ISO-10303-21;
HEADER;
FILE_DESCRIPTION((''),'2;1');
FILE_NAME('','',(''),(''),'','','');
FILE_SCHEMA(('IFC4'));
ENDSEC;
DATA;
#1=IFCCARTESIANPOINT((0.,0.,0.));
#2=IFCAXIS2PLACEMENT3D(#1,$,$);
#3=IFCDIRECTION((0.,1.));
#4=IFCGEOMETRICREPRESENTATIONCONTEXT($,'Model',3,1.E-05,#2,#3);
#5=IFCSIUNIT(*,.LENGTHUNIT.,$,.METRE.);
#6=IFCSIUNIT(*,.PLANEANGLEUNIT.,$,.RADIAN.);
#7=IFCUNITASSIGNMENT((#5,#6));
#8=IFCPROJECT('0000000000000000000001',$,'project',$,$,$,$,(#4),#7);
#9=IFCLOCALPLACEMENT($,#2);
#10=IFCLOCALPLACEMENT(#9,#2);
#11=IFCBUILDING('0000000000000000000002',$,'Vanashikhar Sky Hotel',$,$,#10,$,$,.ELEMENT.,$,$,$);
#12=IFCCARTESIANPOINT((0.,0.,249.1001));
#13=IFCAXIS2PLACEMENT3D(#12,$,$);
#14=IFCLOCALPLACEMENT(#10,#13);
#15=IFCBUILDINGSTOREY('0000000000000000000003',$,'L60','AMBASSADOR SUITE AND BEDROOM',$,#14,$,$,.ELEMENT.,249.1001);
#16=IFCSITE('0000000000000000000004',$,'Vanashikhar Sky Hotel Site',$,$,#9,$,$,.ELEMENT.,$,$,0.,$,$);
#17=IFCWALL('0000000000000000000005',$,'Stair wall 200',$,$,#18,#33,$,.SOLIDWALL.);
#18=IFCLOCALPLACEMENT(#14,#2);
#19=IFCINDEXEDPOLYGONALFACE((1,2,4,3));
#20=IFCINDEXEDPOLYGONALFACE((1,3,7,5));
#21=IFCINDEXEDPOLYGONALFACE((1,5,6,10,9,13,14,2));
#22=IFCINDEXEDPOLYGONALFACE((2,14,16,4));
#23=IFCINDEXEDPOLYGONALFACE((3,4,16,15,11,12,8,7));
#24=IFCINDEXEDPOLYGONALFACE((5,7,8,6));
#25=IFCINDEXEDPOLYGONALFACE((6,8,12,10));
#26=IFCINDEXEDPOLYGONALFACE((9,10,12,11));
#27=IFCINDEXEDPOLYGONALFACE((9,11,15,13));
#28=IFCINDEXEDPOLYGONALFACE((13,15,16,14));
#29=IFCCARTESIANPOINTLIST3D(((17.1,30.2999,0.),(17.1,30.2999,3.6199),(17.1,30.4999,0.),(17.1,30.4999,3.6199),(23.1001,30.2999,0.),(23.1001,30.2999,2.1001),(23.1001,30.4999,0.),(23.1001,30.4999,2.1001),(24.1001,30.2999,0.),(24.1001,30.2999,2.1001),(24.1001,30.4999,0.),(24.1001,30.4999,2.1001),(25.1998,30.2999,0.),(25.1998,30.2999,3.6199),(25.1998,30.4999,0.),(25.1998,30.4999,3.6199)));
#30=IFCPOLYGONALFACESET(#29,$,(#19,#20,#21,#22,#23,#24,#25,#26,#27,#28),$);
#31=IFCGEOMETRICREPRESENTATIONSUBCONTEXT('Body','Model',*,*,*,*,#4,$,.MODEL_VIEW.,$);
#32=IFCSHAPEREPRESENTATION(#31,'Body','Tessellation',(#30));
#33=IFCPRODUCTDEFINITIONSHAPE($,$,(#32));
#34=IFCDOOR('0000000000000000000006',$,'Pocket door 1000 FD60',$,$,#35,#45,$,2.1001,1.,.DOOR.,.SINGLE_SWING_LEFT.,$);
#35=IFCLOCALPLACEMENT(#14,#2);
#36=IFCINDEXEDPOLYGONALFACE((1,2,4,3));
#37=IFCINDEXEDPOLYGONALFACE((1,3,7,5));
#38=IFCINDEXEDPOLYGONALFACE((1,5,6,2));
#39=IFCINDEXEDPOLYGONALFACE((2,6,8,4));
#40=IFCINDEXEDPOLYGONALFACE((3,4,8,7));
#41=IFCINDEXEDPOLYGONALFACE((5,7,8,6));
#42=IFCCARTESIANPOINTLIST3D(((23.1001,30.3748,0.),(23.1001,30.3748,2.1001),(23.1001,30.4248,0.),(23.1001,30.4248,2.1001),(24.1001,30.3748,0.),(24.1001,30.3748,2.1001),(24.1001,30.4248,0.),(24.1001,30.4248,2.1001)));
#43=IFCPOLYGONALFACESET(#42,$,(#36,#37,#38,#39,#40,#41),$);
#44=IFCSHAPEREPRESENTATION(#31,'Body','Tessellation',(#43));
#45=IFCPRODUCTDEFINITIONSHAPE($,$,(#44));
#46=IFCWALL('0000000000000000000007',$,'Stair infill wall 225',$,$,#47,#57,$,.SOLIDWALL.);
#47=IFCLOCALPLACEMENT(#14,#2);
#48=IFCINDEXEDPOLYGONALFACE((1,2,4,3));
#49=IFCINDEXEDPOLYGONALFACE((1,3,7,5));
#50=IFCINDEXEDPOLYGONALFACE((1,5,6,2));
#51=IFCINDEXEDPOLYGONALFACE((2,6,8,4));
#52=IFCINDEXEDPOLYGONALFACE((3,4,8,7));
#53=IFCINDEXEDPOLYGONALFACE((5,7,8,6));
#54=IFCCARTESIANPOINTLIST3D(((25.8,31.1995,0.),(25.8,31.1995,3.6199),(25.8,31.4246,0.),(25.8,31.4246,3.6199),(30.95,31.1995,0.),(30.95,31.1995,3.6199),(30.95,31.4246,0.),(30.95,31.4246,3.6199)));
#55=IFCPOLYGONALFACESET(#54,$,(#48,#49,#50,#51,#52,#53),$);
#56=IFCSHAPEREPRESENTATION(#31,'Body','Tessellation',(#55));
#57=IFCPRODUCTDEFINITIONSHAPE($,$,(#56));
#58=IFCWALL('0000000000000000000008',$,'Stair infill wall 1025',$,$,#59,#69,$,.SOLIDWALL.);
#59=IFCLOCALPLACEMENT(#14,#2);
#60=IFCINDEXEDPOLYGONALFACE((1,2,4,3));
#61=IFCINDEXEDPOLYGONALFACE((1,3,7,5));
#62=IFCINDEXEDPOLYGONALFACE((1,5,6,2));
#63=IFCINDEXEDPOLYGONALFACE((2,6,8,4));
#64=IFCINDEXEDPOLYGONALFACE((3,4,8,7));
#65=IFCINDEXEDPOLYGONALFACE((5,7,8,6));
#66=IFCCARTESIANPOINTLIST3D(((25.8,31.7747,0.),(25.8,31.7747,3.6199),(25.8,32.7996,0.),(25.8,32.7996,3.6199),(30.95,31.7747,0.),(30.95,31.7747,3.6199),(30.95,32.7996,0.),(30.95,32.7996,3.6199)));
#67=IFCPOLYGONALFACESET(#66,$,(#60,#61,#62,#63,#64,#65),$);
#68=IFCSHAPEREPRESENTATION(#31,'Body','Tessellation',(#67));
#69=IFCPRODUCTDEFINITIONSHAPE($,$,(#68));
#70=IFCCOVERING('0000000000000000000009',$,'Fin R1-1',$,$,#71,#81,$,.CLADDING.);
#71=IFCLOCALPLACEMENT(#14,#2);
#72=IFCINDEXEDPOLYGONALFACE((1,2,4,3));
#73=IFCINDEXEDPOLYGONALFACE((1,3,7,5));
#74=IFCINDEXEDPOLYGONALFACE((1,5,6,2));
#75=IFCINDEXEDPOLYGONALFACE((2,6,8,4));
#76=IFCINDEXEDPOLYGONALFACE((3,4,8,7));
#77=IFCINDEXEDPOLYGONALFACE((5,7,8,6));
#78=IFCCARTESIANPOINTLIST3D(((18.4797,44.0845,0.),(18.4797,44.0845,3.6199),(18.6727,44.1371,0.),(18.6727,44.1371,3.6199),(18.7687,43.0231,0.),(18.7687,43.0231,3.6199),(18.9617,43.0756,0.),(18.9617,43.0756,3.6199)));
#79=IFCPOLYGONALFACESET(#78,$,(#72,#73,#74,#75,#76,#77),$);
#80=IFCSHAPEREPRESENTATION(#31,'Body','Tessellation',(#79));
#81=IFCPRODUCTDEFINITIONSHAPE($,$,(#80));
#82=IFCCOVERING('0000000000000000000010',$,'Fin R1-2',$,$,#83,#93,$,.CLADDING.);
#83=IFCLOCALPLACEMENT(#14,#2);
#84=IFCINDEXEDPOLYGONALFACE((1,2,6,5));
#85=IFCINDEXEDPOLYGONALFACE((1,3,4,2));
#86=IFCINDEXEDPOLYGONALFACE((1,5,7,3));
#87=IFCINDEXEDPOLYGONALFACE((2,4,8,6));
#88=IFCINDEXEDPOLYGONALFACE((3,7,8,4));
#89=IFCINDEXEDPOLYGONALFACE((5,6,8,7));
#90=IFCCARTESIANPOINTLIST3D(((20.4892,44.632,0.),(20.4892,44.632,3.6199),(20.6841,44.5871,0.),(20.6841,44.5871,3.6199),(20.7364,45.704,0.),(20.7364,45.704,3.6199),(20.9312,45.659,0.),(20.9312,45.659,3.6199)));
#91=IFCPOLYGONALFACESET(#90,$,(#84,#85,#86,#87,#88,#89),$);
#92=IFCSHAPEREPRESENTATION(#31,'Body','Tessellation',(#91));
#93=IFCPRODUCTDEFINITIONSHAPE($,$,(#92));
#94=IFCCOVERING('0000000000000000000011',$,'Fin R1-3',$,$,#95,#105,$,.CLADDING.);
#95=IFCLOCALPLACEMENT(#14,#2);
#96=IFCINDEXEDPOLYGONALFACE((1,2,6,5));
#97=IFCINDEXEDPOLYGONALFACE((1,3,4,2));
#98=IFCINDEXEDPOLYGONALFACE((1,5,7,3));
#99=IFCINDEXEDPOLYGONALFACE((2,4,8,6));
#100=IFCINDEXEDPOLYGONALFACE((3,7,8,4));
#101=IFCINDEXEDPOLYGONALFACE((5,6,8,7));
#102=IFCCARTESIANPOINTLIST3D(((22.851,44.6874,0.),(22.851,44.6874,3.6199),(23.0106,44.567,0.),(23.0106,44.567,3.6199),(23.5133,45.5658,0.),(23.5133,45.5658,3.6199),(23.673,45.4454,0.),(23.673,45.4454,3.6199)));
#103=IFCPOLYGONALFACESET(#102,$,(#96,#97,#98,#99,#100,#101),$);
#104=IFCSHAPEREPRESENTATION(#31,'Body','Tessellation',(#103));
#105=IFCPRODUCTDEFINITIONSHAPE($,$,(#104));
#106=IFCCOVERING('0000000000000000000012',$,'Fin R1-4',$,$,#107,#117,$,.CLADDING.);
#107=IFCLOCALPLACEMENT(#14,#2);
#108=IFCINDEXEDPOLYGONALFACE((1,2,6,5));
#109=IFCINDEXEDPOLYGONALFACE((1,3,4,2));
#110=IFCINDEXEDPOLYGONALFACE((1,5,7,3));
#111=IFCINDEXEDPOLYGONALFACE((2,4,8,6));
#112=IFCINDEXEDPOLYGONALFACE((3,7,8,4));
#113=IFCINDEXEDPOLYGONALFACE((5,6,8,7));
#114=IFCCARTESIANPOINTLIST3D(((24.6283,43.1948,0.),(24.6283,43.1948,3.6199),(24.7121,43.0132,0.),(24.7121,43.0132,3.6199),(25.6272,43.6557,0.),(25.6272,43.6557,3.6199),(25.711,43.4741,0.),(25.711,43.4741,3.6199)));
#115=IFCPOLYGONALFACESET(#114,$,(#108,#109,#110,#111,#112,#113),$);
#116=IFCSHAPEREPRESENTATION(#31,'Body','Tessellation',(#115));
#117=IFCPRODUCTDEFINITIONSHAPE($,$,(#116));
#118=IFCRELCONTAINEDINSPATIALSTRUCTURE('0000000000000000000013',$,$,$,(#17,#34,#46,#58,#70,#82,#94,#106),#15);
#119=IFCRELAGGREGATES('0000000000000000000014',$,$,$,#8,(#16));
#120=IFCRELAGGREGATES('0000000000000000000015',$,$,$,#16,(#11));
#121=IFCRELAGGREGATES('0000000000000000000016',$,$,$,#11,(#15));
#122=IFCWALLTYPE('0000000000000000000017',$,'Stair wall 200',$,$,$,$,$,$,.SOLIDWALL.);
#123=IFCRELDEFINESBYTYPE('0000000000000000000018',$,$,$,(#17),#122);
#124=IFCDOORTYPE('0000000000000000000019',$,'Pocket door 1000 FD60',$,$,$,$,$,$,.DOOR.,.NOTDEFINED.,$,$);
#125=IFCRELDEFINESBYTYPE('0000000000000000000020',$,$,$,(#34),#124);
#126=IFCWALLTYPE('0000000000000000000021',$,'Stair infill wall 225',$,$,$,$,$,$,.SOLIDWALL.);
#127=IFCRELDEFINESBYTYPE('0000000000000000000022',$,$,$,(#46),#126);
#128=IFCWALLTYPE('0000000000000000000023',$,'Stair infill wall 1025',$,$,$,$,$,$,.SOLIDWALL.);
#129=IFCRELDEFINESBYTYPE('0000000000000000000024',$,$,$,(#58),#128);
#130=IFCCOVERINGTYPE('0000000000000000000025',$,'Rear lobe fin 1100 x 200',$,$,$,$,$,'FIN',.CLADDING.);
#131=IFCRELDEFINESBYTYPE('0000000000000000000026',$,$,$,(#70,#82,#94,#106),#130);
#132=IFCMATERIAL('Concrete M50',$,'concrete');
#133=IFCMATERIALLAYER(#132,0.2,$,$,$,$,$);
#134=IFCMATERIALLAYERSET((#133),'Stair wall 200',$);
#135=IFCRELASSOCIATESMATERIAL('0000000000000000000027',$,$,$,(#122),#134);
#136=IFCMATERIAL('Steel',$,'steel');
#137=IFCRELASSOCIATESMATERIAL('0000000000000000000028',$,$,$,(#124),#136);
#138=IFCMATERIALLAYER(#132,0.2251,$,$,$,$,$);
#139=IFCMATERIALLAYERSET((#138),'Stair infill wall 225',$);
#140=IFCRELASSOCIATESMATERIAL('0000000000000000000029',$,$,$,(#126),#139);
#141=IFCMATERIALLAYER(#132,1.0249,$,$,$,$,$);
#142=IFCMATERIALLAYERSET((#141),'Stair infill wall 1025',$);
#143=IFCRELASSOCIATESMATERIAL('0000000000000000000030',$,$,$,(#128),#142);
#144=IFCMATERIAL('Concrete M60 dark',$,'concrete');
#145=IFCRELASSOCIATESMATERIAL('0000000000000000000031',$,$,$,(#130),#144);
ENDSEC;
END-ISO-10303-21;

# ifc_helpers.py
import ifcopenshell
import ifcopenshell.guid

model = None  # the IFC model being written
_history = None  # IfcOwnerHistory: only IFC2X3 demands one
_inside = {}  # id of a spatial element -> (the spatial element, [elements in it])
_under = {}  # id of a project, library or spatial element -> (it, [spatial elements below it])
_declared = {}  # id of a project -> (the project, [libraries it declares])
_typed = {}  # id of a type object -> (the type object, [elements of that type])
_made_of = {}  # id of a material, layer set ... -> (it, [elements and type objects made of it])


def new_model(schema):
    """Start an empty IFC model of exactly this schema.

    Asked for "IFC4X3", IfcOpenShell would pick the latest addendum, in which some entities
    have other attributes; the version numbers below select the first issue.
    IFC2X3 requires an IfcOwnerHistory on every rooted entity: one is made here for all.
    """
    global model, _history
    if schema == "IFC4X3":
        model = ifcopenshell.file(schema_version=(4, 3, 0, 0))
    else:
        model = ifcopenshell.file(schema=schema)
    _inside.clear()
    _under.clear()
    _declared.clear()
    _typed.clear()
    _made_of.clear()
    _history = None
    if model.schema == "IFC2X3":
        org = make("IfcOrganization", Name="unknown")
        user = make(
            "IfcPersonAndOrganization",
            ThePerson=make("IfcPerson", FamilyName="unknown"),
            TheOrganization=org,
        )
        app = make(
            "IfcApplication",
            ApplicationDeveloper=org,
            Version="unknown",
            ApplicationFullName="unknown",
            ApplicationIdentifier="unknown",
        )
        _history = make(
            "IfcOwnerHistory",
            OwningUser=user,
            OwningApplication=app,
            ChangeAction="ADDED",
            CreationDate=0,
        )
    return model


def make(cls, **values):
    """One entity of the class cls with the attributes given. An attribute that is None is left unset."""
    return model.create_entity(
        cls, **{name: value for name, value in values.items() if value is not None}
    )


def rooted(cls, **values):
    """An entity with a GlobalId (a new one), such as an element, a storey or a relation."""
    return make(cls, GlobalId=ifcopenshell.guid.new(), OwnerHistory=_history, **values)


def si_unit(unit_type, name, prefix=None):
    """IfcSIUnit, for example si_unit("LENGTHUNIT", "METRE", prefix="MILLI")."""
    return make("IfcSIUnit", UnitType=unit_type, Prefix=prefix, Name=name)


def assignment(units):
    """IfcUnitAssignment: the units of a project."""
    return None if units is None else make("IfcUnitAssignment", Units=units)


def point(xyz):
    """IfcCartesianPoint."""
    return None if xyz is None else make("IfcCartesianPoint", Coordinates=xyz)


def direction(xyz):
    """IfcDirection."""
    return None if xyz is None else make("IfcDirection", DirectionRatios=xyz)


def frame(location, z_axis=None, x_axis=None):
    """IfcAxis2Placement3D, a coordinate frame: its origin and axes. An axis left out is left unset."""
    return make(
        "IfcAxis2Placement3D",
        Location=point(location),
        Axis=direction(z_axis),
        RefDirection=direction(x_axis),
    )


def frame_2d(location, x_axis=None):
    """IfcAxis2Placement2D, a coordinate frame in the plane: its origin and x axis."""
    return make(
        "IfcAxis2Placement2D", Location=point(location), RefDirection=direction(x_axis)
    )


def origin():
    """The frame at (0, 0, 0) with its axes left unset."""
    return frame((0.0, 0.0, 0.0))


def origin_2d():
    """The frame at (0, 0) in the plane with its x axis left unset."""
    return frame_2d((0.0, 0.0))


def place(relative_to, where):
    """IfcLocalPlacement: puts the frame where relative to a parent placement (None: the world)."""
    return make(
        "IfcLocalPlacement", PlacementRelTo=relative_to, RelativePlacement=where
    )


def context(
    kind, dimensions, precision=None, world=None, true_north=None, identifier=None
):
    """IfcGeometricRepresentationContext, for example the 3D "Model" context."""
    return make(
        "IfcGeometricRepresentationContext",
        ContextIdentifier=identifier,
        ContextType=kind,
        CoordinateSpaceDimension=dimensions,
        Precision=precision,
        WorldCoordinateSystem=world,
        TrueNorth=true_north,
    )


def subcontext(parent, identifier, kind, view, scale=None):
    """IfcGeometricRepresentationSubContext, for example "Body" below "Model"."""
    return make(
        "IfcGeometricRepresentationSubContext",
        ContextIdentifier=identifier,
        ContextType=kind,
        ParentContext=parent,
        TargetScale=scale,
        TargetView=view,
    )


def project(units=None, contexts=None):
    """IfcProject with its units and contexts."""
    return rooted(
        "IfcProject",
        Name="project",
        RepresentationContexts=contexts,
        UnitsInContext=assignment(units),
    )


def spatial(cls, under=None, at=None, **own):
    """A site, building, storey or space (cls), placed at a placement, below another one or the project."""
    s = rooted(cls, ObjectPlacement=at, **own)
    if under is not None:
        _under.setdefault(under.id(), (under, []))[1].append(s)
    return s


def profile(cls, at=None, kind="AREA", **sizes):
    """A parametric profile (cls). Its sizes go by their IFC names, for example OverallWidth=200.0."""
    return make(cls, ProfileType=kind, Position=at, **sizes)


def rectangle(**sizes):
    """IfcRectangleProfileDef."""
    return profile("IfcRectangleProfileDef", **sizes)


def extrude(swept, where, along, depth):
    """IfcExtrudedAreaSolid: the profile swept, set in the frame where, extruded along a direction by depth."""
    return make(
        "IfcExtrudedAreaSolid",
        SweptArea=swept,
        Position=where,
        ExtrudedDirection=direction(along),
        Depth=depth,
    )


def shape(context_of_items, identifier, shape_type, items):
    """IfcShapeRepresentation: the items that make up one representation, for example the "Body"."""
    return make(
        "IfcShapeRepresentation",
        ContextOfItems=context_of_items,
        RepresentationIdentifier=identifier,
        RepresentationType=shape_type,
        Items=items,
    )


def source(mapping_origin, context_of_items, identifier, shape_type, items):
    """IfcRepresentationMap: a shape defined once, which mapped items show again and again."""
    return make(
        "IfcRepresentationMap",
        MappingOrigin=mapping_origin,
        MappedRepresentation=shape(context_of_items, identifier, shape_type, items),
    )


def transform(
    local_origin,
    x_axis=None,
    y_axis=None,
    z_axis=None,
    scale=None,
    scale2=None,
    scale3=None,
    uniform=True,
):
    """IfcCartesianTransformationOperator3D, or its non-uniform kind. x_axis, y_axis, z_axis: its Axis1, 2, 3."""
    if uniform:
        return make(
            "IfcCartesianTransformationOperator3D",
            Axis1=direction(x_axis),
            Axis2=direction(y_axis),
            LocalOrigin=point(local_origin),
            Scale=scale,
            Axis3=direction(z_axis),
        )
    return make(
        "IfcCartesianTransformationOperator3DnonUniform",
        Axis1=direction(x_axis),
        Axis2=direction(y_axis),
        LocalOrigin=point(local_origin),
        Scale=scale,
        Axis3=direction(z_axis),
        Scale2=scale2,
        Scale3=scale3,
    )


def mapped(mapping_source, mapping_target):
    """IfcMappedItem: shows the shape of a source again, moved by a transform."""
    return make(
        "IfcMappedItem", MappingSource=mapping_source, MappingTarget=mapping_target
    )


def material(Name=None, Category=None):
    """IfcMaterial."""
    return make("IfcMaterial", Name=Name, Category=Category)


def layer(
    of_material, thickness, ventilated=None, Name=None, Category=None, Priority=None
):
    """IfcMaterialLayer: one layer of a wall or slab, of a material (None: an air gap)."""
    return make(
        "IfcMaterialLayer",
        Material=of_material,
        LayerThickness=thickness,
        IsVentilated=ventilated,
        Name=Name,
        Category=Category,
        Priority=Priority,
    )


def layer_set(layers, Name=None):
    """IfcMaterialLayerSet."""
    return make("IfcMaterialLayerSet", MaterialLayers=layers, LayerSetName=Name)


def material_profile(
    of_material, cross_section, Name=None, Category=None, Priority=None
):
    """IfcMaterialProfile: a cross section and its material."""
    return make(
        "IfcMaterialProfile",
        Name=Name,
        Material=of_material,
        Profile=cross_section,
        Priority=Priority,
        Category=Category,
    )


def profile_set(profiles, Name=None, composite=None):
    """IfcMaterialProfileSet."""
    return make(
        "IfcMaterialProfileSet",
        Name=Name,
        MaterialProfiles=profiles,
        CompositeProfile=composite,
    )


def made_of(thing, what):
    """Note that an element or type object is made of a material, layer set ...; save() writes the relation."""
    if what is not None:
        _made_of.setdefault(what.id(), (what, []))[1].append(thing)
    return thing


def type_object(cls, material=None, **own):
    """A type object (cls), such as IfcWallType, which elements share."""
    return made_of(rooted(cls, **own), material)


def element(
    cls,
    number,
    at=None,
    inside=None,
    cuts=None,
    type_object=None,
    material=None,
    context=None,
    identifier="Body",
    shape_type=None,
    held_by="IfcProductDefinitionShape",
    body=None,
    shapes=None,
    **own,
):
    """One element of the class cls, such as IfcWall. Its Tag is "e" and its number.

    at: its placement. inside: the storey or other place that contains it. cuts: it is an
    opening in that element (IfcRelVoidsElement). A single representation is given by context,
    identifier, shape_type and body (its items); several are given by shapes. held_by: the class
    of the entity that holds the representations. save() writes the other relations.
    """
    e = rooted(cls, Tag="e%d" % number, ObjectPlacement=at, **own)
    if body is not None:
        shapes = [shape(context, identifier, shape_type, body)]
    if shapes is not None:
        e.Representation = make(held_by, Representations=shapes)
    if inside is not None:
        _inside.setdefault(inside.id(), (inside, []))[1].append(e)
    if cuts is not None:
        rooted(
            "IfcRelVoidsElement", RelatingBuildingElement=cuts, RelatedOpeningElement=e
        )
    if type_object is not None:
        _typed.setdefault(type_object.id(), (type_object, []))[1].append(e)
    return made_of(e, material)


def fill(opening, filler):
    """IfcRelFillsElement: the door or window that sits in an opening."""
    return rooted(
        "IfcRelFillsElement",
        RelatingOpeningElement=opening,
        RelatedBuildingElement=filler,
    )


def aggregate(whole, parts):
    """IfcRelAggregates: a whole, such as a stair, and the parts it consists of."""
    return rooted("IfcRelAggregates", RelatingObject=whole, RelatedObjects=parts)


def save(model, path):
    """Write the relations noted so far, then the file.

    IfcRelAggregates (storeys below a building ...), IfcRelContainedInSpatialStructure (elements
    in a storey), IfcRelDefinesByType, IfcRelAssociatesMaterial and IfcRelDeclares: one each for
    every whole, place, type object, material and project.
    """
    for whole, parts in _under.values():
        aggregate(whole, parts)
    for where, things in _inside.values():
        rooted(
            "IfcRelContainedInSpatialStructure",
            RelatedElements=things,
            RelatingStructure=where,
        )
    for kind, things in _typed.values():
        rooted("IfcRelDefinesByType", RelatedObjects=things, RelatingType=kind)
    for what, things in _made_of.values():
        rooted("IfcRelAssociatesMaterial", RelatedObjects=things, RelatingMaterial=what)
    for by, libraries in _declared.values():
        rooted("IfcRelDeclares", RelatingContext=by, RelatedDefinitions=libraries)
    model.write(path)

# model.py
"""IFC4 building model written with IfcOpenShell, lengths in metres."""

from ifc_helpers import new_model, si_unit, direction, frame, frame_2d, origin, origin_2d, place, context, subcontext, project, spatial, rectangle, extrude, source, transform, mapped, material, layer, layer_set, material_profile, profile_set, type_object, element, fill, save


model = new_model("IFC4")

# Units and contexts
model_context = context("Model", 3, precision=1e-05, world=origin(), true_north=direction((0.0, 1.0)))
body_context = subcontext(model_context, "Body", "Model", "MODEL_VIEW")
ifc_project = project(units=[si_unit("LENGTHUNIT", "METRE"), si_unit("PLANEANGLEUNIT", "RADIAN")], contexts=[model_context])

# Site, building, storey
site_placement = place(None, origin())
site = spatial("IfcSite", under=ifc_project, at=site_placement, Name="Vanashikhar Sky Hotel Site", CompositionType="ELEMENT", RefElevation=0.0)
building_placement = place(site_placement, origin())
building = spatial("IfcBuilding", under=site, at=building_placement, Name="Vanashikhar Sky Hotel", CompositionType="ELEMENT")
storey_placement = place(building_placement, frame((0.0, 0.0, 249.1001)))
storey = spatial("IfcBuildingStorey", under=building, at=storey_placement, Name="L60", Description="AMBASSADOR SUITE AND BEDROOM", CompositionType="ELEMENT", Elevation=249.1001)

# Shared definitions
ifc_material_1 = material(Name="Concrete M50", Category="concrete")

# Wall, opening, door
ifc_layer_1 = layer(ifc_material_1, 0.2)
ifc_layer_set_1 = layer_set([ifc_layer_1], Name="Stair wall 200")
wall_type_1 = type_object("IfcWallType", Name="Stair wall 200", PredefinedType="SOLIDWALL", material=ifc_layer_set_1)
shared_shape_1 = source(origin(), body_context, "Body", "SweptSolid", [
    extrude(rectangle(XDim=8.0999, YDim=0.2, at=frame_2d((4.0498, 0.0))), origin(), (0.0, 0.0, 1.0), 3.6199),
])
wall_1_placement = place(storey_placement, frame((17.1001, 30.3999, 0.0), z_axis=(0.0, 0.0, 1.0), x_axis=(1.0, 0.0, 0.0)))
wall_1 = element("IfcWall", 1, at=wall_1_placement, inside=storey, type_object=wall_type_1, Name="Stair wall 200", PredefinedType="SOLIDWALL", context=body_context, shape_type="MappedRepresentation", body=[
    mapped(shared_shape_1, transform((0.0, 0.0, 0.0), scale=1.0)),
])
shared_shape_2 = source(origin(), body_context, "Body", "SweptSolid", [
    extrude(rectangle(XDim=1.0, YDim=2.1001, at=frame_2d((0.5, 1.05))), frame((0.0, 0.1099, 0.0), z_axis=(0.0, -1.0, 0.0), x_axis=(1.0, 0.0, 0.0)), (0.0, 0.0, 1.0), 0.22),
])
opening_1_placement = place(wall_1_placement, frame((6.0, 0.0, 0.0)))
opening_1 = element("IfcOpeningElement", 2, at=opening_1_placement, cuts=wall_1, PredefinedType="OPENING", context=body_context, shape_type="MappedRepresentation", body=[
    mapped(shared_shape_2, transform((0.0, 0.0, 0.0), scale=1.0)),
])
ifc_material_2 = material(Name="Steel", Category="steel")
door_type_1 = type_object("IfcDoorType", Name="Pocket door 1000 FD60", OperationType="NOTDEFINED", PredefinedType="DOOR", material=ifc_material_2)
shared_shape_3 = source(origin(), body_context, "Body", "SweptSolid", [
    extrude(rectangle(XDim=1.0, YDim=2.1001, at=frame_2d((0.5, 1.05))), frame((0.0, 0.0249, 0.0), z_axis=(0.0, -1.0, 0.0), x_axis=(1.0, 0.0, 0.0)), (0.0, 0.0, 1.0), 0.05),
])
door_1_placement = place(opening_1_placement, origin())
door_1 = element("IfcDoor", 3, at=door_1_placement, inside=storey, type_object=door_type_1, Name="Pocket door 1000 FD60", OperationType="SINGLE_SWING_LEFT", OverallHeight=2.1001, OverallWidth=1.0, PredefinedType="DOOR", context=body_context, shape_type="MappedRepresentation", body=[
    mapped(shared_shape_3, transform((0.0, 0.0, 0.0), scale=1.0)),
])
fill(opening_1, door_1)

# Walls
ifc_layer_2 = layer(ifc_material_1, 0.2251)
ifc_layer_set_2 = layer_set([ifc_layer_2], Name="Stair infill wall 225")
wall_type_2 = type_object("IfcWallType", Name="Stair infill wall 225", PredefinedType="SOLIDWALL", material=ifc_layer_set_2)
shared_shape_4 = source(origin(), body_context, "Body", "SweptSolid", [
    extrude(rectangle(XDim=5.1499, YDim=0.2251, at=frame_2d((2.575, 0.0))), origin(), (0.0, 0.0, 1.0), 3.6199),
])
wall_2_placement = place(storey_placement, frame((25.8, 31.312, 0.0), z_axis=(0.0, 0.0, 1.0), x_axis=(1.0, 0.0, 0.0)))
element("IfcWall", 4, at=wall_2_placement, inside=storey, type_object=wall_type_2, Name="Stair infill wall 225", PredefinedType="SOLIDWALL", context=body_context, shape_type="MappedRepresentation", body=[
    mapped(shared_shape_4, transform((0.0, 0.0, 0.0), scale=1.0)),
])
ifc_layer_3 = layer(ifc_material_1, 1.0249)
ifc_layer_set_3 = layer_set([ifc_layer_3], Name="Stair infill wall 1025")
wall_type_3 = type_object("IfcWallType", Name="Stair infill wall 1025", PredefinedType="SOLIDWALL", material=ifc_layer_set_3)
shared_shape_5 = source(origin(), body_context, "Body", "SweptSolid", [
    extrude(rectangle(XDim=5.1499, YDim=1.0249, at=frame_2d((2.575, 0.0))), origin(), (0.0, 0.0, 1.0), 3.6199),
])
wall_3_placement = place(storey_placement, frame((25.8, 32.2871, 0.0), z_axis=(0.0, 0.0, 1.0), x_axis=(1.0, 0.0, 0.0)))
element("IfcWall", 5, at=wall_3_placement, inside=storey, type_object=wall_type_3, Name="Stair infill wall 1025", PredefinedType="SOLIDWALL", context=body_context, shape_type="MappedRepresentation", body=[
    mapped(shared_shape_5, transform((0.0, 0.0, 0.0), scale=1.0)),
])

# Coverings
ifc_material_3 = material(Name="Concrete M60 dark", Category="concrete")
ifc_material_profile = material_profile(ifc_material_3, rectangle(XDim=1.1001, YDim=0.2, at=origin_2d()))
ifc_profile_set = profile_set([ifc_material_profile], Name="Rear lobe fin 1100 x 200")
covering_type = type_object("IfcCoveringType", Name="Rear lobe fin 1100 x 200", ElementType="FIN", PredefinedType="CLADDING", material=ifc_profile_set)
shared_shape_6 = source(origin(), body_context, "Body", "SweptSolid", [
    extrude(rectangle(XDim=1.1001, YDim=0.2, at=origin_2d()), origin(), (0.0, 0.0, 1.0), 3.6199),
])
for number, where, z_axis, x_axis, name in (
    (6, (18.7207, 43.5801, 0.0), (0.0, 0.0, 1.0), (-0.262711, 0.964874, 0.0), "Fin R1-1"),
    (7, (20.7102, 45.1455, 0.0), (0.0, 0.0, 1.0), (0.224645, 0.974441, 0.0), "Fin R1-2"),
    (8, (23.262, 45.0664, 0.0), (0.0, 0.0, 1.0), (0.602066, 0.798446, 0.0), "Fin R1-3"),
    (9, (25.1697, 43.3345, 0.0), (0.0, 0.0, 1.0), (0.908004, 0.418961, 0.0), "Fin R1-4"),
):
    element("IfcCovering", number, at=place(storey_placement, frame(where, z_axis=z_axis, x_axis=x_axis)), inside=storey, type_object=covering_type, Name=name, PredefinedType="CLADDING", context=body_context, shape_type="MappedRepresentation", body=[
        mapped(shared_shape_6, transform((0.0, 0.0, 0.0), scale=1.0)),
    ])

save(model, "model.ifc")
